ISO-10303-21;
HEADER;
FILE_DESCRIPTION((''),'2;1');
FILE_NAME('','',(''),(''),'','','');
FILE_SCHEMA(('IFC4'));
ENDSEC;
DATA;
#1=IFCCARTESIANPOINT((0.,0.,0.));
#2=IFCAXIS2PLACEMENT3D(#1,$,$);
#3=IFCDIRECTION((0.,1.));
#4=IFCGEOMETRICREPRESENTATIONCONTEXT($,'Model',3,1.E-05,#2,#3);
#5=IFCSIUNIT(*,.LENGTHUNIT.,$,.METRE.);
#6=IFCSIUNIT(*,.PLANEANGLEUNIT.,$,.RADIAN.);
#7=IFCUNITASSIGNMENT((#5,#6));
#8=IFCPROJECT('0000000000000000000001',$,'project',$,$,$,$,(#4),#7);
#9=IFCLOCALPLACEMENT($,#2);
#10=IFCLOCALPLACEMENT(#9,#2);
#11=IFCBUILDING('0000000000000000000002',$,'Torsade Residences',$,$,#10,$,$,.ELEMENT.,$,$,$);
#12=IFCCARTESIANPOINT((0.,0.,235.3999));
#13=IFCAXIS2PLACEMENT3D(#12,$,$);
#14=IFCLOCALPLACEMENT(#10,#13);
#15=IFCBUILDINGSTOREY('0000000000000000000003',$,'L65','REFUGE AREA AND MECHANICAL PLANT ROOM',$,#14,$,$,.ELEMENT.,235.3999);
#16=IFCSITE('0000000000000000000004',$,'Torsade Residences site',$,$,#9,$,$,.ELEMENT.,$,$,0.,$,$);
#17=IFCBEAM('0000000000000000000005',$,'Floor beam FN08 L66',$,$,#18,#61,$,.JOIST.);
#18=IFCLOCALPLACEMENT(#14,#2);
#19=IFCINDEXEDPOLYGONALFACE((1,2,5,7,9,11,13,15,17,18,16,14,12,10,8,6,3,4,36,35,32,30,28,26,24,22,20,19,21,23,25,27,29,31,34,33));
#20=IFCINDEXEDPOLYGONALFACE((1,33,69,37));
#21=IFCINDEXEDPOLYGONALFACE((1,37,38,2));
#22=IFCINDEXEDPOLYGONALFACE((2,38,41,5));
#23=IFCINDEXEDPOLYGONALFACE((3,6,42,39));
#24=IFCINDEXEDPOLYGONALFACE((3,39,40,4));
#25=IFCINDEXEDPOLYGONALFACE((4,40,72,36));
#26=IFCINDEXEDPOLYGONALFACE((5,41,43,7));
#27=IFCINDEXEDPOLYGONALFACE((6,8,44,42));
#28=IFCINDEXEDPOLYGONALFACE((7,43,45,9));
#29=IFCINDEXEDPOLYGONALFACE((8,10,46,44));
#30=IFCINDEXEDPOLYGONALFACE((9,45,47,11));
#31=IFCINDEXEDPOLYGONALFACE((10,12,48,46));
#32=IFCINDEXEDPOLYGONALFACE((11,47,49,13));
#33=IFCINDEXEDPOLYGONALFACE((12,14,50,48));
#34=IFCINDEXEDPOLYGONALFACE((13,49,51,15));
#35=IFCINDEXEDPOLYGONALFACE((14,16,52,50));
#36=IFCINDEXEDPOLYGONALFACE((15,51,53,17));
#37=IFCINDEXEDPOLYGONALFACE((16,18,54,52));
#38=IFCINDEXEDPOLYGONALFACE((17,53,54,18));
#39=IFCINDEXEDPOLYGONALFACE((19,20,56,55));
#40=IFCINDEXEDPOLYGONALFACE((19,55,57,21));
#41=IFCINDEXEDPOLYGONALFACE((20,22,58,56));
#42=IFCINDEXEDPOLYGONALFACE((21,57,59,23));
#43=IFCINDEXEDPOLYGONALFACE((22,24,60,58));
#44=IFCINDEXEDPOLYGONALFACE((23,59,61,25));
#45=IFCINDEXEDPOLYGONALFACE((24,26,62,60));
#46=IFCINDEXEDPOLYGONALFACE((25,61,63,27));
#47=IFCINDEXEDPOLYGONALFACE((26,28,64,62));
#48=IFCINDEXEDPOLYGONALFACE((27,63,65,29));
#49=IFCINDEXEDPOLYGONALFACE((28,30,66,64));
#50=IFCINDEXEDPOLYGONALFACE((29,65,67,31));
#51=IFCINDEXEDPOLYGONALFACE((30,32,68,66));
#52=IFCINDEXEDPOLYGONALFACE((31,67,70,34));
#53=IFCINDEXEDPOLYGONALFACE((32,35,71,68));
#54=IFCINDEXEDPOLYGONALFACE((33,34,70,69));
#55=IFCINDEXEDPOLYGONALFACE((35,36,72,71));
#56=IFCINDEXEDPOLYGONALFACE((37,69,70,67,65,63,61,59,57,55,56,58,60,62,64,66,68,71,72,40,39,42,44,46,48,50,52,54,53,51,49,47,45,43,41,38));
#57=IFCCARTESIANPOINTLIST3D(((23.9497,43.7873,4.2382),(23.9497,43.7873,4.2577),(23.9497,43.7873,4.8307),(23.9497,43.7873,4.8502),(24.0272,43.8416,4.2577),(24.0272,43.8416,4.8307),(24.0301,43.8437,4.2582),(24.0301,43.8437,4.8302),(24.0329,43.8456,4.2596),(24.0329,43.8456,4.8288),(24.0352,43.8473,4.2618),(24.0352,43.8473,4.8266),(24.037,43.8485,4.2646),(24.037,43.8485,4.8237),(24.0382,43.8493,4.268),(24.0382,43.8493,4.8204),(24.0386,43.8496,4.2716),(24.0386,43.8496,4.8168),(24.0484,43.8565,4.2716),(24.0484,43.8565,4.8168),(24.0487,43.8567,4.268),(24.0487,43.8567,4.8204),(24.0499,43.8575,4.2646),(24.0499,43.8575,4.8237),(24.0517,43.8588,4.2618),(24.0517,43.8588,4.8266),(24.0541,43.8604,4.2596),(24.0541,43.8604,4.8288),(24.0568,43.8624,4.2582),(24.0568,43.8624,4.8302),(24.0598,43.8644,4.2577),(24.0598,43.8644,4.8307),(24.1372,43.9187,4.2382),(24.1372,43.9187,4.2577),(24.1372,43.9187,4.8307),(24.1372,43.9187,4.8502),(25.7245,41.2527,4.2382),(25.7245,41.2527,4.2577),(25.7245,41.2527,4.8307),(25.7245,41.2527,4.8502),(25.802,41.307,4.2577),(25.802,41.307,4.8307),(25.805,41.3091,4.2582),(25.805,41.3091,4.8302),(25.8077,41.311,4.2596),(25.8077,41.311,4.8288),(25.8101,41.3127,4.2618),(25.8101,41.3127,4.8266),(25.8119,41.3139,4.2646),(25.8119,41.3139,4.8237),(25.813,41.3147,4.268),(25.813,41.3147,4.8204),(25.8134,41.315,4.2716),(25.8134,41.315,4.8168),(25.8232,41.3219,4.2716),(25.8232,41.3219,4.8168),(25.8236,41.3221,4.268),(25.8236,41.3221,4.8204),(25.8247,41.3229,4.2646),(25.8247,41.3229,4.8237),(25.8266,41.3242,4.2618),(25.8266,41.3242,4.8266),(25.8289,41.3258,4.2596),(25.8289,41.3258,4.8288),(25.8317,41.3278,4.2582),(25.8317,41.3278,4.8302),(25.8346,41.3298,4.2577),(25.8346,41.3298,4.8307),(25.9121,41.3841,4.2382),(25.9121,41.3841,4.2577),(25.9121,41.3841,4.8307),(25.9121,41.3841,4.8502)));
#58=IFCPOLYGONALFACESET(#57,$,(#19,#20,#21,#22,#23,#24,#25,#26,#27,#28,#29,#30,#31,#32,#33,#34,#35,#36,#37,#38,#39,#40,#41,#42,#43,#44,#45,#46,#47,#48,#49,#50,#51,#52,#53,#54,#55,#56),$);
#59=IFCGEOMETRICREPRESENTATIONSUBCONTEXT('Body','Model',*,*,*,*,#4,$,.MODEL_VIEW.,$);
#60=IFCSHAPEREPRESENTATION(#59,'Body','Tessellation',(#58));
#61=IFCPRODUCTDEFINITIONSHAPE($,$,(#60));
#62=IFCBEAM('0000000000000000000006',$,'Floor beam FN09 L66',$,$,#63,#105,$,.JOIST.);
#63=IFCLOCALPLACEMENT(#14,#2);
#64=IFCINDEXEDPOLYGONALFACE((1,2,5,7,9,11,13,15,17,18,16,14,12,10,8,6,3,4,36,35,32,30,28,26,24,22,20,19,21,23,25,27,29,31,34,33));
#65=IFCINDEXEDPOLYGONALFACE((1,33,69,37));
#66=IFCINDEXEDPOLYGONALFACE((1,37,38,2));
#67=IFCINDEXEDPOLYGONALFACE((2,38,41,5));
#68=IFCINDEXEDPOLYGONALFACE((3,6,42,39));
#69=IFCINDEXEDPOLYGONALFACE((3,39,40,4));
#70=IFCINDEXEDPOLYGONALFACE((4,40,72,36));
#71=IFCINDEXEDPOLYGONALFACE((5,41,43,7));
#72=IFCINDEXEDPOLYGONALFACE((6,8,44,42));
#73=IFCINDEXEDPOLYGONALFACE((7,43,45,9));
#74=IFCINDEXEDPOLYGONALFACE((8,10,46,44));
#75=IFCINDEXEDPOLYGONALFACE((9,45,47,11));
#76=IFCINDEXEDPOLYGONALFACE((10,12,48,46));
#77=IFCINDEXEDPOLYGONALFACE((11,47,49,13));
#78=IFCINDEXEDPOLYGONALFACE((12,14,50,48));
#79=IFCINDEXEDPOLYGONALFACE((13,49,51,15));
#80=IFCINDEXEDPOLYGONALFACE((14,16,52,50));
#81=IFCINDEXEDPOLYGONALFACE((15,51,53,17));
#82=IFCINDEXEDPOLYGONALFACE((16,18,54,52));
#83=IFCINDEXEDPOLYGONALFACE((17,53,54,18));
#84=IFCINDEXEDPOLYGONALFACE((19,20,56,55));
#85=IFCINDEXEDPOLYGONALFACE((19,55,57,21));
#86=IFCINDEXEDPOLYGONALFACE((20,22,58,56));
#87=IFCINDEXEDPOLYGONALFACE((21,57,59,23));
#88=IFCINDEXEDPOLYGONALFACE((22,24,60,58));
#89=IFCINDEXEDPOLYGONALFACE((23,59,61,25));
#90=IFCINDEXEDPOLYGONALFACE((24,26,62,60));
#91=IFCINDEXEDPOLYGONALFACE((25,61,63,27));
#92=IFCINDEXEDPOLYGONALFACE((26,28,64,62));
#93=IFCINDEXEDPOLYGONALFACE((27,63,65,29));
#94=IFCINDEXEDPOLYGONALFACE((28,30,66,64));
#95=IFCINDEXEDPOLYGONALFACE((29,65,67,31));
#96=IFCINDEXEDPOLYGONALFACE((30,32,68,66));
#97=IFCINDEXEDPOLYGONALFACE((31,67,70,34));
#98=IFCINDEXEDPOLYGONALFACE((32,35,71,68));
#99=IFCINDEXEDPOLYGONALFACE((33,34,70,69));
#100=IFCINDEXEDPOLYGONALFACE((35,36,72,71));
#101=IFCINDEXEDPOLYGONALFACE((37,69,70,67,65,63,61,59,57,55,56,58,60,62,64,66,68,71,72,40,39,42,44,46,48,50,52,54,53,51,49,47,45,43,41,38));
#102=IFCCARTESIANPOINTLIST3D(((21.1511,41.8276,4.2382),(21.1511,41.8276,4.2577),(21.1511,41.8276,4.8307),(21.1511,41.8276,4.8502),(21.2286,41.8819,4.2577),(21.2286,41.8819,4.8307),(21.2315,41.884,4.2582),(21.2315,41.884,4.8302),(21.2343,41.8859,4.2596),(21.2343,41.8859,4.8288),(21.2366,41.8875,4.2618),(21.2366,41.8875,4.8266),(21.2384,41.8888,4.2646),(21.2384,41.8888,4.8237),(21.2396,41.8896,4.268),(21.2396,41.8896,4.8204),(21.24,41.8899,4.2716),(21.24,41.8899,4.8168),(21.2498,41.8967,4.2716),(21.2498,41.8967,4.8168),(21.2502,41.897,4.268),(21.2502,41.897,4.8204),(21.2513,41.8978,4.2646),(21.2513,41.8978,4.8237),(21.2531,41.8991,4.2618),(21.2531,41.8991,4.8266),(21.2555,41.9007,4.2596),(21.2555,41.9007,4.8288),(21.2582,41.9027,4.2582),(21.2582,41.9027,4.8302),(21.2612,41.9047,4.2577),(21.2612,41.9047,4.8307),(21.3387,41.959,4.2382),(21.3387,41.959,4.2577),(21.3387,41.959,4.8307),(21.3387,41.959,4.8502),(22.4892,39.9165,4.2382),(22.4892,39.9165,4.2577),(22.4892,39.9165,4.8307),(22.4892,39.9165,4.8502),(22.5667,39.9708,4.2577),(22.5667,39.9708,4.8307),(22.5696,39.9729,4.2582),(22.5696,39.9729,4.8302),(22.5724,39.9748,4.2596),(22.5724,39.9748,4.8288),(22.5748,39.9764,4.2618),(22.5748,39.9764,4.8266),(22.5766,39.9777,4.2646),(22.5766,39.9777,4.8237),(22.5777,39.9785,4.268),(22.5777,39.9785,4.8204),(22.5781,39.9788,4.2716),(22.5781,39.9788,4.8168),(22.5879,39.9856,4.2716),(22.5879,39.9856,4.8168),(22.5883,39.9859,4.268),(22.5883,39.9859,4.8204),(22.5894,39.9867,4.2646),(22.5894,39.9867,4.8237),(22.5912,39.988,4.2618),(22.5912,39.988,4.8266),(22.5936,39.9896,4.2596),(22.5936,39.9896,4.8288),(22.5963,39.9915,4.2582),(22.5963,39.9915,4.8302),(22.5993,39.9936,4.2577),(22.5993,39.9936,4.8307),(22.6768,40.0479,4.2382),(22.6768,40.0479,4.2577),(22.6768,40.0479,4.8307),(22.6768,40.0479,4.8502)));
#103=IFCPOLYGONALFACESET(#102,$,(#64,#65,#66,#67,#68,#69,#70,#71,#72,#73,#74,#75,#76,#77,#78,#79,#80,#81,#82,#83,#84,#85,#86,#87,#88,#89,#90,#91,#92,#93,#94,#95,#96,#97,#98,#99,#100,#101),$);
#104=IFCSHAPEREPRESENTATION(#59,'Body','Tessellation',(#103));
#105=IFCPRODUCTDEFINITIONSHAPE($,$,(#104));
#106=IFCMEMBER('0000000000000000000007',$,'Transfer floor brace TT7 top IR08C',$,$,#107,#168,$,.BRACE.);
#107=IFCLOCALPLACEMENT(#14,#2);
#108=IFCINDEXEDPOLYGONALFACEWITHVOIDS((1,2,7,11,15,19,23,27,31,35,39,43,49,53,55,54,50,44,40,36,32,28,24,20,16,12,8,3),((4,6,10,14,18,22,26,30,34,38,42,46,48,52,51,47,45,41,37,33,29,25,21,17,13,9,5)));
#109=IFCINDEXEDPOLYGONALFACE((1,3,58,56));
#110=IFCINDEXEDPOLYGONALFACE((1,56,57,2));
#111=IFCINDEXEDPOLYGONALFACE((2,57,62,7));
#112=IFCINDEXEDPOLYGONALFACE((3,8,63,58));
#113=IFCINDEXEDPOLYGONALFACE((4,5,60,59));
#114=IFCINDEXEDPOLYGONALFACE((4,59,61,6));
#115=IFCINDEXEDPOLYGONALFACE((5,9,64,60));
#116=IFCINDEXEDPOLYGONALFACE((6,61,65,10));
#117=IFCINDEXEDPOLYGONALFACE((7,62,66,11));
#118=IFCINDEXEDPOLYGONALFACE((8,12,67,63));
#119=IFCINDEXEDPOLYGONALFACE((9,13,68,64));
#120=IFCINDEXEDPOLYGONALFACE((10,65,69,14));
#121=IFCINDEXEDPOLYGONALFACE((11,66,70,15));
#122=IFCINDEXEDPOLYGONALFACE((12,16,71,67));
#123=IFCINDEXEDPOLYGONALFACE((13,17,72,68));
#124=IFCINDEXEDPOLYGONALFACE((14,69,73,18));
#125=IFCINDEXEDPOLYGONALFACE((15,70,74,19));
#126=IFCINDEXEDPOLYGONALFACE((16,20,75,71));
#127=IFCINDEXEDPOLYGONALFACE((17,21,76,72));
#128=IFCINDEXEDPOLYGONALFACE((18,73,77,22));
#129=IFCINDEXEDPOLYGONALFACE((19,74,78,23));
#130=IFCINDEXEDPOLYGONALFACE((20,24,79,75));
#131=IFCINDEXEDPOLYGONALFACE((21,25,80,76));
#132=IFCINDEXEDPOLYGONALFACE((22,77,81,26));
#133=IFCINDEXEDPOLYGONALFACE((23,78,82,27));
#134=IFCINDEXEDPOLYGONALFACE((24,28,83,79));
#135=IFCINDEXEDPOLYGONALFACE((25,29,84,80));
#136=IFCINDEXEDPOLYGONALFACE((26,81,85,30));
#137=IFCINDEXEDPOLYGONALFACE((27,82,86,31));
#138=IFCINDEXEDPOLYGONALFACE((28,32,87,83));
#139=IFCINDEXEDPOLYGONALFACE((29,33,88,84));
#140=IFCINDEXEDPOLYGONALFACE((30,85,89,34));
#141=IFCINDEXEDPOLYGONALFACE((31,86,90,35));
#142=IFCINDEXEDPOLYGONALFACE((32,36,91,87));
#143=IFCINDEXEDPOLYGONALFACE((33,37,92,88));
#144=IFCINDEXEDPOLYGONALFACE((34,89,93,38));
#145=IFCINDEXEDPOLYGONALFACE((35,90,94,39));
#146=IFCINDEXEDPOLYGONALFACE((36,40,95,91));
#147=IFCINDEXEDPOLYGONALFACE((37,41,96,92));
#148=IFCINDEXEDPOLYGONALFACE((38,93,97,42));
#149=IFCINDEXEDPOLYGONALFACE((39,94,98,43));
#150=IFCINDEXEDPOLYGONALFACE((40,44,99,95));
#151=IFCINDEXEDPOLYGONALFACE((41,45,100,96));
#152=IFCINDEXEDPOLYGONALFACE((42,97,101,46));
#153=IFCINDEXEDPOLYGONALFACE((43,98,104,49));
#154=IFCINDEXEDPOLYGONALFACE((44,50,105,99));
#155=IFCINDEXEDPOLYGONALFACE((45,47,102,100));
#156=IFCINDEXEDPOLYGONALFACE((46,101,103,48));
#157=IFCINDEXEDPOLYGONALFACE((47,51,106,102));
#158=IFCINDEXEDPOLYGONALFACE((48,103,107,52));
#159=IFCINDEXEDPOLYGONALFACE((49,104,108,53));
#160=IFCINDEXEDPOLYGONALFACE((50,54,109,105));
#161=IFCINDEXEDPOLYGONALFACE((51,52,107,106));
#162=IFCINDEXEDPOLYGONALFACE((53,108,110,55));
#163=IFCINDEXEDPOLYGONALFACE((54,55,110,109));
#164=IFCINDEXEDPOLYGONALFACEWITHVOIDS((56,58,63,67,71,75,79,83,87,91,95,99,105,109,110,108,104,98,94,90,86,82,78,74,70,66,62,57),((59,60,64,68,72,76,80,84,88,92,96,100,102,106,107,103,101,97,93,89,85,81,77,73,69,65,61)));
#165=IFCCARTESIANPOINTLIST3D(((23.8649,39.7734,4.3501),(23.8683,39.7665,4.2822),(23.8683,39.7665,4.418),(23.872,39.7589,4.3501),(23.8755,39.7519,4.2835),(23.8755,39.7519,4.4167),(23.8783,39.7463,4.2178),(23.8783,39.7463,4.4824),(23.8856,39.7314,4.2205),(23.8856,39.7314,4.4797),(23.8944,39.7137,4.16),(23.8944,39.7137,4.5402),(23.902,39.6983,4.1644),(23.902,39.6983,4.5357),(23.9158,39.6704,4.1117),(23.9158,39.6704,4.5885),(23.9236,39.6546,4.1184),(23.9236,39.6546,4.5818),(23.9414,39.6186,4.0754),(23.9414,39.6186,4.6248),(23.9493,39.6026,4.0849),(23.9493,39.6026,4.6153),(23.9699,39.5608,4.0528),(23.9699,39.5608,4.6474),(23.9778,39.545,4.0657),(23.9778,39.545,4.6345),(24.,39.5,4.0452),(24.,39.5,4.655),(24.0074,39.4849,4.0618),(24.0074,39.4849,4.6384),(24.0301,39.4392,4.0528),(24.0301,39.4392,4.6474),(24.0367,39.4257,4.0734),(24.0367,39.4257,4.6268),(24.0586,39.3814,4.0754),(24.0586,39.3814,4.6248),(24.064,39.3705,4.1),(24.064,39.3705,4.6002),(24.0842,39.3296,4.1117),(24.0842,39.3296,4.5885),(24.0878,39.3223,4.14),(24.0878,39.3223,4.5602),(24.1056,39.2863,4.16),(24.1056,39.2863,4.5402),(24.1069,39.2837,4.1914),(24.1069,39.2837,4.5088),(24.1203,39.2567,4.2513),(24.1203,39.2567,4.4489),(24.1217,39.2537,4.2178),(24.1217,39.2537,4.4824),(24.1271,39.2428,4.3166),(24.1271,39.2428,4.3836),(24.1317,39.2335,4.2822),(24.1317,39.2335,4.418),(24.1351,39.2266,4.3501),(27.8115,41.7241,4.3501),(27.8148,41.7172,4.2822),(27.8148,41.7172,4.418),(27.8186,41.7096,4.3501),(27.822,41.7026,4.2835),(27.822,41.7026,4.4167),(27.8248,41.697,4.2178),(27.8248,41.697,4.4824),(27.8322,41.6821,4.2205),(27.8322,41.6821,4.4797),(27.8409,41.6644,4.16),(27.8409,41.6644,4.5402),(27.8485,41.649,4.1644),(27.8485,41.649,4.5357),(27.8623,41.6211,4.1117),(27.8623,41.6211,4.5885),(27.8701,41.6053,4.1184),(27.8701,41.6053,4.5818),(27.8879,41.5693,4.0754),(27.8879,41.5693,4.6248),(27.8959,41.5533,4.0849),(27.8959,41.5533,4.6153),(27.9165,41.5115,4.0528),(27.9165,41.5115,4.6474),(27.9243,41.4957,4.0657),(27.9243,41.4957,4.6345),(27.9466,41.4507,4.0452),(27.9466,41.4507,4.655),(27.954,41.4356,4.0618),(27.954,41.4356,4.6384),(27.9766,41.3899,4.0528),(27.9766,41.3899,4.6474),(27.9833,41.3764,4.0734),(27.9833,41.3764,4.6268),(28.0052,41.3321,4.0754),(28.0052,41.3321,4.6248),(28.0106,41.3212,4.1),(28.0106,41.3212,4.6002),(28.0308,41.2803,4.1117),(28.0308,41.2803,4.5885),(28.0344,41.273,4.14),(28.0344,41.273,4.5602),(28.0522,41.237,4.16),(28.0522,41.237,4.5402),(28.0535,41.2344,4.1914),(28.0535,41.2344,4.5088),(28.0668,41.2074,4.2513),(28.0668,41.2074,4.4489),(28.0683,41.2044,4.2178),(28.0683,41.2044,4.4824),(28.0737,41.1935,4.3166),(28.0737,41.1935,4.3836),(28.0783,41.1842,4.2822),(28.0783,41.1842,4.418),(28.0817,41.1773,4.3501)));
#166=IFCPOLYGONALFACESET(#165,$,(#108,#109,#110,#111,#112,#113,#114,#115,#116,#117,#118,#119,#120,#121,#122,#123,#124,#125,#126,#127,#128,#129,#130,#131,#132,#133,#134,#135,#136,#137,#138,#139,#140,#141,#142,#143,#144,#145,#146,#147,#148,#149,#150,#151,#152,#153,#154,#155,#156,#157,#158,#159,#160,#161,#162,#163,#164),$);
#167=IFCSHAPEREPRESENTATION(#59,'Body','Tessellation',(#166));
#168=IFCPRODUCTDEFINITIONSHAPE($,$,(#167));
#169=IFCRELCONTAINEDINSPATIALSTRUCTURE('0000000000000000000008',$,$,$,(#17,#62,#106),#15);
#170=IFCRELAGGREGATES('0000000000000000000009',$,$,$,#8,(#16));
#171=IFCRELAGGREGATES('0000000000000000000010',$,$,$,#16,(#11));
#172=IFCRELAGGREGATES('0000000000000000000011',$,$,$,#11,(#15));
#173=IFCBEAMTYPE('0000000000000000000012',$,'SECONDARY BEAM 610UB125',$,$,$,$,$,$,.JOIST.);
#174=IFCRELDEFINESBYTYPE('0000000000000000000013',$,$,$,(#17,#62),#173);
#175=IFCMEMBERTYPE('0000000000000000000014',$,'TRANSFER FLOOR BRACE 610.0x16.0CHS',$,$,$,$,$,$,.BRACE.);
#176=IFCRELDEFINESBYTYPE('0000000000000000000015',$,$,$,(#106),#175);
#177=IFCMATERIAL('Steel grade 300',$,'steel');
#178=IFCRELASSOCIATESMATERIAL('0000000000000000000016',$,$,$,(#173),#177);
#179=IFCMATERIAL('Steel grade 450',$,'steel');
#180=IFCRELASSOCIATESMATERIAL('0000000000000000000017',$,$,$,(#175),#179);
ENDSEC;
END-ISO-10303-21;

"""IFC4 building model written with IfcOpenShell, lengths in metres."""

from ifc_helpers import new_model, si_unit, direction, frame, origin, origin_2d, place, context, subcontext, project, spatial, hollow_circle, i_section, extrude, material, material_profile, profile_set, type_object, element, save


model = new_model("IFC4")

# Units and contexts
model_context = context("Model", 3, precision=1e-05, world=origin(), true_north=direction((0.0, 1.0)))
body_context = subcontext(model_context, "Body", "Model", "MODEL_VIEW")
ifc_project = project(units=[si_unit("LENGTHUNIT", "METRE"), si_unit("PLANEANGLEUNIT", "RADIAN")], contexts=[model_context])

# Site, building, storey
site_placement = place(None, origin())
site = spatial("IfcSite", under=ifc_project, at=site_placement, Name="Torsade Residences site", CompositionType="ELEMENT", RefElevation=0.0)
building_placement = place(site_placement, origin())
building = spatial("IfcBuilding", under=site, at=building_placement, Name="Torsade Residences", CompositionType="ELEMENT")
storey_placement = place(building_placement, frame((0.0, 0.0, 235.3999)))
storey = spatial("IfcBuildingStorey", under=building, at=storey_placement, Name="L65", Description="REFUGE AREA AND MECHANICAL PLANT ROOM", CompositionType="ELEMENT", Elevation=235.3999)

# Beams
ifc_material_1 = material(Name="Steel grade 300", Category="steel")
ifc_material_profile_1 = material_profile(ifc_material_1, i_section(OverallWidth=0.229, OverallDepth=0.6121, WebThickness=0.012, FlangeThickness=0.0195, FilletRadius=0.0139, at=origin_2d()), Name="610UB125")
ifc_profile_set_1 = profile_set([ifc_material_profile_1], Name="Steel grade 300")
beam_type_1 = type_object("IfcBeamType", Name="SECONDARY BEAM 610UB125", PredefinedType="JOIST", material=ifc_profile_set_1)
beam_1_placement = place(storey_placement, frame((24.0435, 43.853, 4.5442), z_axis=(0.5736, -0.819136, 0.0), x_axis=(0.819136, 0.5736, 0.0)))
element("IfcBeam", 1, at=beam_1_placement, inside=storey, type_object=beam_type_1, Name="Floor beam FN08 L66", PredefinedType="JOIST", context=body_context, shape_type="SweptSolid", body=[
    extrude(i_section(OverallWidth=0.229, OverallDepth=0.6121, WebThickness=0.012, FlangeThickness=0.0195, FilletRadius=0.0139, at=origin_2d()), origin(), (0.0, 0.0, 1.0), 3.0942),
])
beam_2_placement = place(storey_placement, frame((21.2449, 41.8933, 4.5442), z_axis=(0.573561, -0.819163, 0.0), x_axis=(0.819163, 0.573561, 0.0)))
element("IfcBeam", 2, at=beam_2_placement, inside=storey, type_object=beam_type_1, Name="Floor beam FN09 L66", PredefinedType="JOIST", context=body_context, shape_type="SweptSolid", body=[
    extrude(i_section(OverallWidth=0.229, OverallDepth=0.6121, WebThickness=0.012, FlangeThickness=0.0195, FilletRadius=0.0139, at=origin_2d()), origin(), (0.0, 0.0, 1.0), 2.333),
])

# Member
ifc_material_2 = material(Name="Steel grade 450", Category="steel")
ifc_material_profile_2 = material_profile(ifc_material_2, hollow_circle(Radius=0.3049, WallThickness=0.0161, at=origin_2d()), Name="610.0x16.0CHS")
ifc_profile_set_2 = profile_set([ifc_material_profile_2], Name="Steel grade 450")
member_type_1 = type_object("IfcMemberType", Name="TRANSFER FLOOR BRACE 610.0x16.0CHS", PredefinedType="BRACE", material=ifc_profile_set_2)
member_1_placement = place(storey_placement, frame((24.0, 39.5, 4.3501), z_axis=(0.89647, 0.443105, 0.0), x_axis=(-0.443105, 0.89647, 0.0)))
element("IfcMember", 3, at=member_1_placement, inside=storey, type_object=member_type_1, Name="Transfer floor brace TT7 top IR08C", PredefinedType="BRACE", context=body_context, shape_type="SweptSolid", body=[
    extrude(hollow_circle(Radius=0.3049, WallThickness=0.0161, at=origin_2d()), origin(), (0.0, 0.0, 1.0), 4.4023),
])

save(model, "model.ifc")
